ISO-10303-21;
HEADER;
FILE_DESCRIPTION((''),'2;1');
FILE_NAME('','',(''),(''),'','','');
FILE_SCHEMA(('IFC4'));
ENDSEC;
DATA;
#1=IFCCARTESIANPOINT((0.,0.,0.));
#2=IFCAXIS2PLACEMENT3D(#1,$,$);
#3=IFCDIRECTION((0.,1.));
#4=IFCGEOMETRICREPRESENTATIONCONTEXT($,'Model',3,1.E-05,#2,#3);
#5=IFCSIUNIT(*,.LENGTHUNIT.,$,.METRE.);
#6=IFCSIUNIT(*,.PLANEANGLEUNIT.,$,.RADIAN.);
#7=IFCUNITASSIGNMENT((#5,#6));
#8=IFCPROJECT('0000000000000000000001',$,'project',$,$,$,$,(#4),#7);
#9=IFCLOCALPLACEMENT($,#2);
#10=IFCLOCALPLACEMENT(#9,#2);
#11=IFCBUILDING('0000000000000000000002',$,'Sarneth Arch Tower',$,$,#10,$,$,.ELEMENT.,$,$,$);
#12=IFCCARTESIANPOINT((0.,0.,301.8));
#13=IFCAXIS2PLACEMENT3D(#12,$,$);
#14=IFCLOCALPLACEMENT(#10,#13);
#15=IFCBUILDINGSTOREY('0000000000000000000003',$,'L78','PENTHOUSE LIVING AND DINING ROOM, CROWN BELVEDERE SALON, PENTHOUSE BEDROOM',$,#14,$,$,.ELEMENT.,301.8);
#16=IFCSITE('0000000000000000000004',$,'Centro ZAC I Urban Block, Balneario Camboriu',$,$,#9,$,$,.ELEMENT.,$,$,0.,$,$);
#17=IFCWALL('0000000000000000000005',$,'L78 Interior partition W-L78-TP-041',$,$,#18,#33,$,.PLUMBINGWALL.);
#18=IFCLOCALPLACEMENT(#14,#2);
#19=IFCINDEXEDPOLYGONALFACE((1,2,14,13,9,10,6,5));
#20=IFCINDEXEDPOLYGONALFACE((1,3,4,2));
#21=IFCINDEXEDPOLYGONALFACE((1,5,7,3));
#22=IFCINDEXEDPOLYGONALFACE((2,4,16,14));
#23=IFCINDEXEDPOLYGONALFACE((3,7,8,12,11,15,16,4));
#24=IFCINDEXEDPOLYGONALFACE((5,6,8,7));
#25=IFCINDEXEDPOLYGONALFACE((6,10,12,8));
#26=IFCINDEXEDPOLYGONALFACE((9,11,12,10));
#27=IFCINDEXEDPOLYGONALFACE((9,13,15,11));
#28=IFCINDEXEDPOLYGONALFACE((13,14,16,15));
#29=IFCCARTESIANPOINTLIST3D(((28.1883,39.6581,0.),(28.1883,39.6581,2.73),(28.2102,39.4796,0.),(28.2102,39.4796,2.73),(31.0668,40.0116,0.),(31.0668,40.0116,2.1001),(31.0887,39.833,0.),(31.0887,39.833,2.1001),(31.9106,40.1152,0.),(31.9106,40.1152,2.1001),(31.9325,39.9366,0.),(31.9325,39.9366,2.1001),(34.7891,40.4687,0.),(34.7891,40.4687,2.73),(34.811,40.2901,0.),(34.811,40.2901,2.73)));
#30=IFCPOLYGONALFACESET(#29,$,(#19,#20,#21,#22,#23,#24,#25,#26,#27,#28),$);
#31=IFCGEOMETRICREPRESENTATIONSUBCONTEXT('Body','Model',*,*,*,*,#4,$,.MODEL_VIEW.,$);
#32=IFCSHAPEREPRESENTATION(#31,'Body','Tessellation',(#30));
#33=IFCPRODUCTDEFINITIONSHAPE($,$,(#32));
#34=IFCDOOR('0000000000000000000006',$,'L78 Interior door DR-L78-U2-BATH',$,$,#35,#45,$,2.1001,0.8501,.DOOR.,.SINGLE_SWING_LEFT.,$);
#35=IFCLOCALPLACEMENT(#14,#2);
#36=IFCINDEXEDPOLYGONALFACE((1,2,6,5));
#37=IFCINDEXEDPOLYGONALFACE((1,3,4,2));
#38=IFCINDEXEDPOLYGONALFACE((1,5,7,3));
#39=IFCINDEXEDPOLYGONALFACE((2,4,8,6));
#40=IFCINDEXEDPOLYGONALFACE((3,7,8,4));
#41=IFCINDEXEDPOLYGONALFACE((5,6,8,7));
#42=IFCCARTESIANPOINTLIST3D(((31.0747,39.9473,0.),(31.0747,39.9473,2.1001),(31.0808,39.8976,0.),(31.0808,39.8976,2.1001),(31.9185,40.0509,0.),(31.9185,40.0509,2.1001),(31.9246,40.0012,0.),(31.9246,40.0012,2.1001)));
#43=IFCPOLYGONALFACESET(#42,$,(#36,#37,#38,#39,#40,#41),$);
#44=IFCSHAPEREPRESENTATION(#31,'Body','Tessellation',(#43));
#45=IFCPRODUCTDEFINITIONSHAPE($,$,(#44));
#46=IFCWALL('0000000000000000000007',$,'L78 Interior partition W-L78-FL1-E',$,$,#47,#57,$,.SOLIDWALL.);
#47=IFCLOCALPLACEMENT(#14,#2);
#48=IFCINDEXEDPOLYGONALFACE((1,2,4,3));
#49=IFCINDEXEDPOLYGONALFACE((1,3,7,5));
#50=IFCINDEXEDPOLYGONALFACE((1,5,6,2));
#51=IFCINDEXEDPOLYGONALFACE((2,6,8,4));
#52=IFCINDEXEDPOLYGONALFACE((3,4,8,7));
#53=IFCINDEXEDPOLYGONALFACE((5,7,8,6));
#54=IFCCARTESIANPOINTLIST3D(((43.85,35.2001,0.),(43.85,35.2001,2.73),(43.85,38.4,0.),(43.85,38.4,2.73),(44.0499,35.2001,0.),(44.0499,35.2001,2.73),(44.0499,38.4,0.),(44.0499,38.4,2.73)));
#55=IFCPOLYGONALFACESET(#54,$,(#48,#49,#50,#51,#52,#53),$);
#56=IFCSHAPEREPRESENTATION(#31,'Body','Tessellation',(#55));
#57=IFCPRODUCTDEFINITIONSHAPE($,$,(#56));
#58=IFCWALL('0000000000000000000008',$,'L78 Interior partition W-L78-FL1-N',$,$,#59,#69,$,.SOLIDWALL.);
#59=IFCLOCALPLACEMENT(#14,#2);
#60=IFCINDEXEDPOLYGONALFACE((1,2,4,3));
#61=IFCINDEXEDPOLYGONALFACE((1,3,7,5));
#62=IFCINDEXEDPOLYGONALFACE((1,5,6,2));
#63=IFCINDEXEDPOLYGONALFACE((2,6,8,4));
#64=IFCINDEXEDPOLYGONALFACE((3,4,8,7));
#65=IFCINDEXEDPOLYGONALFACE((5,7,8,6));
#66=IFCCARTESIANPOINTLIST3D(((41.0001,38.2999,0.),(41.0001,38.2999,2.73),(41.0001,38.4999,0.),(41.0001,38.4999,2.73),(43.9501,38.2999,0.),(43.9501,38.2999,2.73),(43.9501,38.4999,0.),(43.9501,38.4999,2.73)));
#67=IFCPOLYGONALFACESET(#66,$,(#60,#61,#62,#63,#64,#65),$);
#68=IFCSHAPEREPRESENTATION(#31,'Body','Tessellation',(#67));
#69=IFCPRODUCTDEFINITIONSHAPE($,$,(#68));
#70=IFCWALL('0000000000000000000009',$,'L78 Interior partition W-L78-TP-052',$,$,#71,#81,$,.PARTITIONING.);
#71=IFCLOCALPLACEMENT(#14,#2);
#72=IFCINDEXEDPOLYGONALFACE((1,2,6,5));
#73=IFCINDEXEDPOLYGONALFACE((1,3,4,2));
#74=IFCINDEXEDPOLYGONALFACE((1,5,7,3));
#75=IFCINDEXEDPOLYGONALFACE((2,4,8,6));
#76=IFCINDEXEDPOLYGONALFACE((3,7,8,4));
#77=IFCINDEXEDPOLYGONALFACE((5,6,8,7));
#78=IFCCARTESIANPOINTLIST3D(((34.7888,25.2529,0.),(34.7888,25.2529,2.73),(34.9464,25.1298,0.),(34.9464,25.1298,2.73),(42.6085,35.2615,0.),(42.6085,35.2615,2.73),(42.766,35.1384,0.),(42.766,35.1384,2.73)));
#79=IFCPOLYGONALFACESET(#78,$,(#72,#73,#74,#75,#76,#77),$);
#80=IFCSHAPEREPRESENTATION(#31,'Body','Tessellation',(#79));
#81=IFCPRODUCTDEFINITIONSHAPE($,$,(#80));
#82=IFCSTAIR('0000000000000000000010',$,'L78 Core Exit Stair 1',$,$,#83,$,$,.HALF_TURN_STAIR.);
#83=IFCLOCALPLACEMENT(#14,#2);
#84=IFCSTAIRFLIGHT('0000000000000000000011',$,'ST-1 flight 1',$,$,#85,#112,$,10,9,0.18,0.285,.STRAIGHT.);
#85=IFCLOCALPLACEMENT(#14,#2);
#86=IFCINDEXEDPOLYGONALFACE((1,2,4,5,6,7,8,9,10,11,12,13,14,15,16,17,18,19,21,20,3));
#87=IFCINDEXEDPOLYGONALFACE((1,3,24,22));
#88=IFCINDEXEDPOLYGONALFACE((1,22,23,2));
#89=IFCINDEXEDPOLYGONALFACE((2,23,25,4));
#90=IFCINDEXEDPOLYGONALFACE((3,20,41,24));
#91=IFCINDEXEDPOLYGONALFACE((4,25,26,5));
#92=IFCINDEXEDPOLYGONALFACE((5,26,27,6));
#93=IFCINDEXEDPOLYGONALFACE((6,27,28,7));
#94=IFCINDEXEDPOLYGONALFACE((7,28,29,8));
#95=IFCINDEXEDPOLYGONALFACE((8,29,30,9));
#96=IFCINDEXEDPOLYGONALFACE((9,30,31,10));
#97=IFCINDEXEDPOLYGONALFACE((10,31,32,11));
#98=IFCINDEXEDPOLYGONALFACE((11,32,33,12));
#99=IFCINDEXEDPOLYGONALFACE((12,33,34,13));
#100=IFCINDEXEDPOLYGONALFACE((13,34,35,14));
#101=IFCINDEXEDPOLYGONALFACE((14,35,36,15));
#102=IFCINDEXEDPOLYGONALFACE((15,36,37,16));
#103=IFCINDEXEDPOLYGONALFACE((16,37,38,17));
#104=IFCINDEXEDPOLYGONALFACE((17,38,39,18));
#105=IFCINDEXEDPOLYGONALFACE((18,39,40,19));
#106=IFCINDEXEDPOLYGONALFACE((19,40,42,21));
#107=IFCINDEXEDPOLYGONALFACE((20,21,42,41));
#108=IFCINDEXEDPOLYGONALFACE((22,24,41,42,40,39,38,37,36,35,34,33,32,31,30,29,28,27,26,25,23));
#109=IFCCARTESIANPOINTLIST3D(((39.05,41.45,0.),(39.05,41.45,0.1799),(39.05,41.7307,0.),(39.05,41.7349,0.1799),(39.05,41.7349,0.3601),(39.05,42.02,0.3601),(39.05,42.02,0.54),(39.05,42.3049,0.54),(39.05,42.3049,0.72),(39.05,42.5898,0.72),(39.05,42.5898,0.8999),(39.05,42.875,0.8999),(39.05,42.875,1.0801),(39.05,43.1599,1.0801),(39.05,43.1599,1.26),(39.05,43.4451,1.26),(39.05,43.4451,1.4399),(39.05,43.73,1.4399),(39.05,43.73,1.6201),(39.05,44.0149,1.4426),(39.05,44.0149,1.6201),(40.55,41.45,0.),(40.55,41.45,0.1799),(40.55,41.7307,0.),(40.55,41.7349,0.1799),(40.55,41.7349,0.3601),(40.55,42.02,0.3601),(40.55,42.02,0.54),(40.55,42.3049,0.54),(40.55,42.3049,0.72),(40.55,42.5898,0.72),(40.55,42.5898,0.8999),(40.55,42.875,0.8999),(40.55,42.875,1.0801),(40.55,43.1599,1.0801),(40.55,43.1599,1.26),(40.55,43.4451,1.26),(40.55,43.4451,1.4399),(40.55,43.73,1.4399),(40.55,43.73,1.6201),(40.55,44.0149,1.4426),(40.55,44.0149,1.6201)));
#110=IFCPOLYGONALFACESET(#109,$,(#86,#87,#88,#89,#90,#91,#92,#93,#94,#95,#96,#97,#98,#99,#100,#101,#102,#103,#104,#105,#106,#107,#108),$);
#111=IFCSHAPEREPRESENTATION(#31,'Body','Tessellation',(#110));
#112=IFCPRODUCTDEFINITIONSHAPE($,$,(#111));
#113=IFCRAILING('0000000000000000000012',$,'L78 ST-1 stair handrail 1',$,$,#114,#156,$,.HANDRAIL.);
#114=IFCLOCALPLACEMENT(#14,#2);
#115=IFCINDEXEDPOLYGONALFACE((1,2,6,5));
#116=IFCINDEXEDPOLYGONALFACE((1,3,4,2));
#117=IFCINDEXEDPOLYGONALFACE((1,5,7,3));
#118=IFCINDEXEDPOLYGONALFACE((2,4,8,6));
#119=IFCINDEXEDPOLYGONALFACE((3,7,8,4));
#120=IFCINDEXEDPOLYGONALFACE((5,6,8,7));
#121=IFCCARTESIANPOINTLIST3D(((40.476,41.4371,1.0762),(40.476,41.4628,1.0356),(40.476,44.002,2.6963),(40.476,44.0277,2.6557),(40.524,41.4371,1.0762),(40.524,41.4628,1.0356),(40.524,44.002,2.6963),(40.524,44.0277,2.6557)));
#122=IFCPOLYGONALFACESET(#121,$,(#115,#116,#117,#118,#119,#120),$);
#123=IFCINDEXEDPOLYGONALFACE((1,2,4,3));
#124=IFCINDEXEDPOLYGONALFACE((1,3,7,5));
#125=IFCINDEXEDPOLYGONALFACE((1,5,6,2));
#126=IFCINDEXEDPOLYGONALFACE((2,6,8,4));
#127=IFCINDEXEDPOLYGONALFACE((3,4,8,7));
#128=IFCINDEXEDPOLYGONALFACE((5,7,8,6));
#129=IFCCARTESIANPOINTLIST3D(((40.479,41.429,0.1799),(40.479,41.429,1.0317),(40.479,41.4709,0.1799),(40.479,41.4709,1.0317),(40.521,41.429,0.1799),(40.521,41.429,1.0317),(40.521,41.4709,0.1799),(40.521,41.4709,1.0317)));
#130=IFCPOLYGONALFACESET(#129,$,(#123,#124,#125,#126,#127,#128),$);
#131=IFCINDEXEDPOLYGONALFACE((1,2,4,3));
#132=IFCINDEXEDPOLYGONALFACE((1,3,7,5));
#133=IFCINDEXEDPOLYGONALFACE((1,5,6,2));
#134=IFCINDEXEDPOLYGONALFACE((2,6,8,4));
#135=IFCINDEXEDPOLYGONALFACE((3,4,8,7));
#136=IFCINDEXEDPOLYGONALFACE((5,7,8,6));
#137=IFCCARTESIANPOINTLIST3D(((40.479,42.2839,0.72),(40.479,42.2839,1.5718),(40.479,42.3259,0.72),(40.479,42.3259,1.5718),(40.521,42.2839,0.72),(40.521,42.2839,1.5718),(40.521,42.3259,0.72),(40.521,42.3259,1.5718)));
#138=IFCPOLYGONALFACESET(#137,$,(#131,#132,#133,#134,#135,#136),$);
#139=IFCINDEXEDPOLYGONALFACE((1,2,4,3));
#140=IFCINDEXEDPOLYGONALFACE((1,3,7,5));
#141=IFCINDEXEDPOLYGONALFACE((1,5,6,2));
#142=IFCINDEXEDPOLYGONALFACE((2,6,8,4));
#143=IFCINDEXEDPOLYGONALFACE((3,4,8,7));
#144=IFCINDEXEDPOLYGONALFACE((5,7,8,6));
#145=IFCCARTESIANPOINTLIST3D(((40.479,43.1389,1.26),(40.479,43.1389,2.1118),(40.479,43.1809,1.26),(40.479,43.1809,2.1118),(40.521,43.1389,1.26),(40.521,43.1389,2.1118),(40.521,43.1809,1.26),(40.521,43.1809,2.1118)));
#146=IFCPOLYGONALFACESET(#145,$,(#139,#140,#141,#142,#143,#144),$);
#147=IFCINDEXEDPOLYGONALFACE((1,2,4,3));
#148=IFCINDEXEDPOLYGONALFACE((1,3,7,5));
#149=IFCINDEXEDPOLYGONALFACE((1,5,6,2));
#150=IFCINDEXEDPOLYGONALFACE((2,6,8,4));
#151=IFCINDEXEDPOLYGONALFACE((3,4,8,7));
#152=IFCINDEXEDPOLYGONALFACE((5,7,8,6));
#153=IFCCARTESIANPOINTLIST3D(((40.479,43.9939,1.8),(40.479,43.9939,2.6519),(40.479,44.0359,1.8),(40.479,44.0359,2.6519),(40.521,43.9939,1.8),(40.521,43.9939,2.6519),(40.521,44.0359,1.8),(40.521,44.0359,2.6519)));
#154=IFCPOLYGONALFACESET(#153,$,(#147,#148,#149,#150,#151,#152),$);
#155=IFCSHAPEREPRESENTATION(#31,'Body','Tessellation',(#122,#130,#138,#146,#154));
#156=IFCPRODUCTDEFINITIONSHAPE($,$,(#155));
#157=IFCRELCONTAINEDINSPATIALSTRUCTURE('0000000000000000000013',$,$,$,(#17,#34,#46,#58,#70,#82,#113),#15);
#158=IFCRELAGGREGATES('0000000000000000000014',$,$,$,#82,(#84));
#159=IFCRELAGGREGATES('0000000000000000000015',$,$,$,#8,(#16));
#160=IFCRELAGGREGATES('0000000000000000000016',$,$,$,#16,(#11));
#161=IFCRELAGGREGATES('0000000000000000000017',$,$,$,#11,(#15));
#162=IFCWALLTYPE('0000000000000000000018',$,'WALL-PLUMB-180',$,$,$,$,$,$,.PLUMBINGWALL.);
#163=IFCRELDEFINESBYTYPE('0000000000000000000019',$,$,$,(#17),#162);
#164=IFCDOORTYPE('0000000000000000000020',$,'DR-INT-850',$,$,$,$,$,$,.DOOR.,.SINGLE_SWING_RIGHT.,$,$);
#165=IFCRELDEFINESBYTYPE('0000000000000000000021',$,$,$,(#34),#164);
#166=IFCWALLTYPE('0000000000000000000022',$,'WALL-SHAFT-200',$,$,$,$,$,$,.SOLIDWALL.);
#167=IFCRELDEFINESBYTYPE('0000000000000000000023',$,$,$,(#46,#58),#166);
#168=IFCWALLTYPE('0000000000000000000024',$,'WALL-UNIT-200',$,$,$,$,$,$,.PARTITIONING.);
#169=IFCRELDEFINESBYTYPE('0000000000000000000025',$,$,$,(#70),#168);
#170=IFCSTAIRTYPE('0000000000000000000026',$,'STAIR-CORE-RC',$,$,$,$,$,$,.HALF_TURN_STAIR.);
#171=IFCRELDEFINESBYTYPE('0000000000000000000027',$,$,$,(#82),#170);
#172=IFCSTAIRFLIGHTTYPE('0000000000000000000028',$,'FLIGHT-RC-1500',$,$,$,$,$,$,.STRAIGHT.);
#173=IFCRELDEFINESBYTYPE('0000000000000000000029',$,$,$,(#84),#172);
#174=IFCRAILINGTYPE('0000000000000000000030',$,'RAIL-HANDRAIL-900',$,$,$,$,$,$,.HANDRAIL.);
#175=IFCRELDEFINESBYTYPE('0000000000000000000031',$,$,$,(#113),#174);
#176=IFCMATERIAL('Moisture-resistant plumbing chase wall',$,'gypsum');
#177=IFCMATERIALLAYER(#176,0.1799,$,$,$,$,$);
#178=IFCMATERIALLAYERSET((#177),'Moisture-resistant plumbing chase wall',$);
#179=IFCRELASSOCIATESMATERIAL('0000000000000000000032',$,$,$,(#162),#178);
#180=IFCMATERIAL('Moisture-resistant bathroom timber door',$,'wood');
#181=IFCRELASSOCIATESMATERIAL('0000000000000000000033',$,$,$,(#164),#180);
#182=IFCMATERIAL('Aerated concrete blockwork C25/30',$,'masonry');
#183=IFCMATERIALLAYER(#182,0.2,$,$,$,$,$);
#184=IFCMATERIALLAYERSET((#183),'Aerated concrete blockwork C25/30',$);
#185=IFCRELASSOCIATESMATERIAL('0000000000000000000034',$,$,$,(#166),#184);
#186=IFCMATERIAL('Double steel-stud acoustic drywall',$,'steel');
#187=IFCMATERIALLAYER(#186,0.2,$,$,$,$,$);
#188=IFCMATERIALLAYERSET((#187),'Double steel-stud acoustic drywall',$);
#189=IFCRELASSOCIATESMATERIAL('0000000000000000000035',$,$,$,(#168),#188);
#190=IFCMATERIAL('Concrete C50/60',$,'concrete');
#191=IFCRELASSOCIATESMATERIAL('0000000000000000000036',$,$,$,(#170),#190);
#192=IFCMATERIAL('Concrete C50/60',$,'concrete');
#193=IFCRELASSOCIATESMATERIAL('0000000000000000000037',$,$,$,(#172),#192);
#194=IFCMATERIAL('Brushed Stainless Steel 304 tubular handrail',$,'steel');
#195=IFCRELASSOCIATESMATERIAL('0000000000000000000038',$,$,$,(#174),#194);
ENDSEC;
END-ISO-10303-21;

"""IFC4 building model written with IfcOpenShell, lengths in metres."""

from ifc_helpers import new_model, si_unit, direction, frame, frame_2d, origin, origin_2d, place, context, subcontext, project, spatial, polyline, rectangle, outline, extrude, material, layer, layer_set, type_object, element, fill, aggregate, save


model = new_model("IFC4")

# Units and contexts
model_context = context("Model", 3, precision=1e-05, world=origin(), true_north=direction((0.0, 1.0)))
body_context = subcontext(model_context, "Body", "Model", "MODEL_VIEW")
ifc_project = project(units=[si_unit("LENGTHUNIT", "METRE"), si_unit("PLANEANGLEUNIT", "RADIAN")], contexts=[model_context])

# Site, building, storey
site_placement = place(None, origin())
site = spatial("IfcSite", under=ifc_project, at=site_placement, Name="Centro ZAC I Urban Block, Balneario Camboriu", CompositionType="ELEMENT", RefElevation=0.0)
building_placement = place(site_placement, origin())
building = spatial("IfcBuilding", under=site, at=building_placement, Name="Sarneth Arch Tower", CompositionType="ELEMENT")
storey_placement = place(building_placement, frame((0.0, 0.0, 301.8)))
storey = spatial("IfcBuildingStorey", under=building, at=storey_placement, Name="L78", Description="PENTHOUSE LIVING AND DINING ROOM, CROWN BELVEDERE SALON, PENTHOUSE BEDROOM", CompositionType="ELEMENT", Elevation=301.8)

# Wall, opening, door
ifc_material_1 = material(Name="Moisture-resistant plumbing chase wall", Category="gypsum")
ifc_layer_1 = layer(ifc_material_1, 0.1799)
ifc_layer_set_1 = layer_set([ifc_layer_1], Name="Moisture-resistant plumbing chase wall")
wall_type_1 = type_object("IfcWallType", Name="WALL-PLUMB-180", PredefinedType="PLUMBINGWALL", material=ifc_layer_set_1)
wall_1_placement = place(storey_placement, frame((34.8, 40.3794, 0.0), z_axis=(0.0, 0.0, 1.0), x_axis=(-0.992545, -0.121879, 0.0)))
wall_1 = element("IfcWall", 1, at=wall_1_placement, inside=storey, type_object=wall_type_1, Name="L78 Interior partition W-L78-TP-041", PredefinedType="PLUMBINGWALL", context=body_context, shape_type="SweptSolid", body=[
    extrude(rectangle(XDim=6.6504, YDim=0.1799, at=frame_2d((3.3252, 0.0))), origin(), (0.0, 0.0, 1.0), 2.73),
])
opening_1_placement = place(wall_1_placement, frame((2.9001, 0.0, 0.0)))
opening_1 = element("IfcOpeningElement", 2, at=opening_1_placement, cuts=wall_1, PredefinedType="OPENING", context=body_context, shape_type="SweptSolid", body=[
    extrude(rectangle(XDim=0.8501, YDim=2.1001, at=frame_2d((0.425, 1.05))), frame((0.0, 0.0999, 0.0), z_axis=(0.0, -1.0, 0.0), x_axis=(1.0, 0.0, 0.0)), (0.0, 0.0, 1.0), 0.2),
])
ifc_material_2 = material(Name="Moisture-resistant bathroom timber door", Category="wood")
door_type_1 = type_object("IfcDoorType", Name="DR-INT-850", OperationType="SINGLE_SWING_RIGHT", PredefinedType="DOOR", material=ifc_material_2)
door_1_placement = place(opening_1_placement, origin())
door_1 = element("IfcDoor", 3, at=door_1_placement, inside=storey, type_object=door_type_1, Name="L78 Interior door DR-L78-U2-BATH", OperationType="SINGLE_SWING_LEFT", OverallHeight=2.1001, OverallWidth=0.8501, PredefinedType="DOOR", context=body_context, shape_type="SweptSolid", body=[
    extrude(rectangle(XDim=0.8501, YDim=2.1001, at=frame_2d((0.425, 1.05))), frame((0.0, 0.0249, 0.0), z_axis=(0.0, -1.0, 0.0), x_axis=(1.0, 0.0, 0.0)), (0.0, 0.0, 1.0), 0.05),
])
fill(opening_1, door_1)
ifc_material_3 = material(Name="Aerated concrete blockwork C25/30", Category="masonry")
ifc_layer_2 = layer(ifc_material_3, 0.2)
ifc_layer_set_2 = layer_set([ifc_layer_2], Name="Aerated concrete blockwork C25/30")
wall_type_2 = type_object("IfcWallType", Name="WALL-SHAFT-200", PredefinedType="SOLIDWALL", material=ifc_layer_set_2)

# Walls
wall_2_placement = place(storey_placement, frame((43.95, 35.2, 0.0), z_axis=(0.0, 0.0, 1.0), x_axis=(0.0, 1.0, 0.0)))
element("IfcWall", 4, at=wall_2_placement, inside=storey, type_object=wall_type_2, Name="L78 Interior partition W-L78-FL1-E", PredefinedType="SOLIDWALL", context=body_context, shape_type="SweptSolid", body=[
    extrude(rectangle(XDim=3.2, YDim=0.2, at=frame_2d((1.6001, 0.0))), origin(), (0.0, 0.0, 1.0), 2.73),
])
wall_3_placement = place(storey_placement, frame((41.0, 38.3999, 0.0), z_axis=(0.0, 0.0, 1.0), x_axis=(1.0, 0.0, 0.0)))
element("IfcWall", 5, at=wall_3_placement, inside=storey, type_object=wall_type_2, Name="L78 Interior partition W-L78-FL1-N", PredefinedType="SOLIDWALL", context=body_context, shape_type="SweptSolid", body=[
    extrude(rectangle(XDim=2.95, YDim=0.2, at=frame_2d((1.4751, 0.0))), origin(), (0.0, 0.0, 1.0), 2.73),
])
ifc_material_4 = material(Name="Double steel-stud acoustic drywall", Category="steel")
ifc_layer_3 = layer(ifc_material_4, 0.2)
ifc_layer_set_3 = layer_set([ifc_layer_3], Name="Double steel-stud acoustic drywall")
wall_type_3 = type_object("IfcWallType", Name="WALL-UNIT-200", PredefinedType="PARTITIONING", material=ifc_layer_set_3)
wall_4_placement = place(storey_placement, frame((42.6873, 35.2, 0.0), z_axis=(0.0, 0.0, 1.0), x_axis=(-0.615664, -0.788009, 0.0)))
element("IfcWall", 6, at=wall_4_placement, inside=storey, type_object=wall_type_3, Name="L78 Interior partition W-L78-TP-052", PredefinedType="PARTITIONING", context=body_context, shape_type="SweptSolid", body=[
    extrude(rectangle(XDim=12.7012, YDim=0.2, at=frame_2d((6.3506, 0.0))), origin(), (0.0, 0.0, 1.0), 2.73),
])

# Stair, stair flight
ifc_material_5 = material(Name="Concrete C50/60", Category="concrete")
stair_type = type_object("IfcStairType", Name="STAIR-CORE-RC", PredefinedType="HALF_TURN_STAIR", material=ifc_material_5)
stair_placement = place(storey_placement, origin())
stair = element("IfcStair", 7, at=stair_placement, inside=storey, type_object=stair_type, Name="L78 Core Exit Stair 1", PredefinedType="HALF_TURN_STAIR")
ifc_material_6 = material(Name="Concrete C50/60", Category="concrete")
stair_flight_type = type_object("IfcStairFlightType", Name="FLIGHT-RC-1500", PredefinedType="STRAIGHT", material=ifc_material_6)
stair_flight_placement = place(storey_placement, frame((39.8, 41.45, 0.0), z_axis=(0.0, 0.0, 1.0), x_axis=(0.0, 1.0, 0.0)))
stair_flight = element("IfcStairFlight", 8, at=stair_flight_placement, type_object=stair_flight_type, Name="ST-1 flight 1", NumberOfRisers=10, NumberOfTreads=9, PredefinedType="STRAIGHT", RiserHeight=0.18, TreadLength=0.285, context=body_context, shape_type="SweptSolid", body=[
    extrude(outline(polyline([(0.0, 0.0), (0.0, 0.1799), (0.2849, 0.1799), (0.2849, 0.3601), (0.5701, 0.3601), (0.5701, 0.54), (0.855, 0.54), (0.855, 0.72), (1.1399, 0.72), (1.1399, 0.8999), (1.425, 0.8999), (1.425, 1.0801), (1.71, 1.0801), (1.71, 1.26), (1.9951, 1.26), (1.9951, 1.4399), (2.28, 1.4399), (2.28, 1.6201), (2.5649, 1.6201), (2.5649, 1.8), (2.5649, 1.4426), (0.2808, 0.0), (0.0, 0.0)])), frame((0.0, 0.75, 0.0), z_axis=(0.0, -1.0, 0.0), x_axis=(1.0, 0.0, 0.0)), (0.0, 0.0, 1.0), 1.5),
])
aggregate(stair, [stair_flight])

# Railing
ifc_material_7 = material(Name="Brushed Stainless Steel 304 tubular handrail", Category="steel")
railing_type_1 = type_object("IfcRailingType", Name="RAIL-HANDRAIL-900", PredefinedType="HANDRAIL", material=ifc_material_7)
railing_1_placement = place(storey_placement, frame((40.5, 41.45, 0.1799)))
element("IfcRailing", 9, at=railing_1_placement, inside=storey, type_object=railing_type_1, Name="L78 ST-1 stair handrail 1", PredefinedType="HANDRAIL", context=body_context, shape_type="SweptSolid", body=[
    extrude(rectangle(XDim=0.0481, YDim=0.0481, at=origin_2d()), frame((0.0, 0.0, 0.876), z_axis=(0.0, 0.845466, 0.534029), x_axis=(-1.0, 0.0, 0.0)), (0.0, 0.0, 1.0), 3.0337),
    extrude(rectangle(XDim=0.042, YDim=0.042, at=origin_2d()), origin(), (0.0, 0.0, 1.0), 0.8518),
    extrude(rectangle(XDim=0.042, YDim=0.042, at=origin_2d()), frame((0.0, 0.855, 0.54)), (0.0, 0.0, 1.0), 0.8518),
    extrude(rectangle(XDim=0.042, YDim=0.042, at=origin_2d()), frame((0.0, 1.71, 1.0801)), (0.0, 0.0, 1.0), 0.8518),
    extrude(rectangle(XDim=0.042, YDim=0.042, at=origin_2d()), frame((0.0, 2.5649, 1.6201)), (0.0, 0.0, 1.0), 0.8518),
])

save(model, "model.ifc")
